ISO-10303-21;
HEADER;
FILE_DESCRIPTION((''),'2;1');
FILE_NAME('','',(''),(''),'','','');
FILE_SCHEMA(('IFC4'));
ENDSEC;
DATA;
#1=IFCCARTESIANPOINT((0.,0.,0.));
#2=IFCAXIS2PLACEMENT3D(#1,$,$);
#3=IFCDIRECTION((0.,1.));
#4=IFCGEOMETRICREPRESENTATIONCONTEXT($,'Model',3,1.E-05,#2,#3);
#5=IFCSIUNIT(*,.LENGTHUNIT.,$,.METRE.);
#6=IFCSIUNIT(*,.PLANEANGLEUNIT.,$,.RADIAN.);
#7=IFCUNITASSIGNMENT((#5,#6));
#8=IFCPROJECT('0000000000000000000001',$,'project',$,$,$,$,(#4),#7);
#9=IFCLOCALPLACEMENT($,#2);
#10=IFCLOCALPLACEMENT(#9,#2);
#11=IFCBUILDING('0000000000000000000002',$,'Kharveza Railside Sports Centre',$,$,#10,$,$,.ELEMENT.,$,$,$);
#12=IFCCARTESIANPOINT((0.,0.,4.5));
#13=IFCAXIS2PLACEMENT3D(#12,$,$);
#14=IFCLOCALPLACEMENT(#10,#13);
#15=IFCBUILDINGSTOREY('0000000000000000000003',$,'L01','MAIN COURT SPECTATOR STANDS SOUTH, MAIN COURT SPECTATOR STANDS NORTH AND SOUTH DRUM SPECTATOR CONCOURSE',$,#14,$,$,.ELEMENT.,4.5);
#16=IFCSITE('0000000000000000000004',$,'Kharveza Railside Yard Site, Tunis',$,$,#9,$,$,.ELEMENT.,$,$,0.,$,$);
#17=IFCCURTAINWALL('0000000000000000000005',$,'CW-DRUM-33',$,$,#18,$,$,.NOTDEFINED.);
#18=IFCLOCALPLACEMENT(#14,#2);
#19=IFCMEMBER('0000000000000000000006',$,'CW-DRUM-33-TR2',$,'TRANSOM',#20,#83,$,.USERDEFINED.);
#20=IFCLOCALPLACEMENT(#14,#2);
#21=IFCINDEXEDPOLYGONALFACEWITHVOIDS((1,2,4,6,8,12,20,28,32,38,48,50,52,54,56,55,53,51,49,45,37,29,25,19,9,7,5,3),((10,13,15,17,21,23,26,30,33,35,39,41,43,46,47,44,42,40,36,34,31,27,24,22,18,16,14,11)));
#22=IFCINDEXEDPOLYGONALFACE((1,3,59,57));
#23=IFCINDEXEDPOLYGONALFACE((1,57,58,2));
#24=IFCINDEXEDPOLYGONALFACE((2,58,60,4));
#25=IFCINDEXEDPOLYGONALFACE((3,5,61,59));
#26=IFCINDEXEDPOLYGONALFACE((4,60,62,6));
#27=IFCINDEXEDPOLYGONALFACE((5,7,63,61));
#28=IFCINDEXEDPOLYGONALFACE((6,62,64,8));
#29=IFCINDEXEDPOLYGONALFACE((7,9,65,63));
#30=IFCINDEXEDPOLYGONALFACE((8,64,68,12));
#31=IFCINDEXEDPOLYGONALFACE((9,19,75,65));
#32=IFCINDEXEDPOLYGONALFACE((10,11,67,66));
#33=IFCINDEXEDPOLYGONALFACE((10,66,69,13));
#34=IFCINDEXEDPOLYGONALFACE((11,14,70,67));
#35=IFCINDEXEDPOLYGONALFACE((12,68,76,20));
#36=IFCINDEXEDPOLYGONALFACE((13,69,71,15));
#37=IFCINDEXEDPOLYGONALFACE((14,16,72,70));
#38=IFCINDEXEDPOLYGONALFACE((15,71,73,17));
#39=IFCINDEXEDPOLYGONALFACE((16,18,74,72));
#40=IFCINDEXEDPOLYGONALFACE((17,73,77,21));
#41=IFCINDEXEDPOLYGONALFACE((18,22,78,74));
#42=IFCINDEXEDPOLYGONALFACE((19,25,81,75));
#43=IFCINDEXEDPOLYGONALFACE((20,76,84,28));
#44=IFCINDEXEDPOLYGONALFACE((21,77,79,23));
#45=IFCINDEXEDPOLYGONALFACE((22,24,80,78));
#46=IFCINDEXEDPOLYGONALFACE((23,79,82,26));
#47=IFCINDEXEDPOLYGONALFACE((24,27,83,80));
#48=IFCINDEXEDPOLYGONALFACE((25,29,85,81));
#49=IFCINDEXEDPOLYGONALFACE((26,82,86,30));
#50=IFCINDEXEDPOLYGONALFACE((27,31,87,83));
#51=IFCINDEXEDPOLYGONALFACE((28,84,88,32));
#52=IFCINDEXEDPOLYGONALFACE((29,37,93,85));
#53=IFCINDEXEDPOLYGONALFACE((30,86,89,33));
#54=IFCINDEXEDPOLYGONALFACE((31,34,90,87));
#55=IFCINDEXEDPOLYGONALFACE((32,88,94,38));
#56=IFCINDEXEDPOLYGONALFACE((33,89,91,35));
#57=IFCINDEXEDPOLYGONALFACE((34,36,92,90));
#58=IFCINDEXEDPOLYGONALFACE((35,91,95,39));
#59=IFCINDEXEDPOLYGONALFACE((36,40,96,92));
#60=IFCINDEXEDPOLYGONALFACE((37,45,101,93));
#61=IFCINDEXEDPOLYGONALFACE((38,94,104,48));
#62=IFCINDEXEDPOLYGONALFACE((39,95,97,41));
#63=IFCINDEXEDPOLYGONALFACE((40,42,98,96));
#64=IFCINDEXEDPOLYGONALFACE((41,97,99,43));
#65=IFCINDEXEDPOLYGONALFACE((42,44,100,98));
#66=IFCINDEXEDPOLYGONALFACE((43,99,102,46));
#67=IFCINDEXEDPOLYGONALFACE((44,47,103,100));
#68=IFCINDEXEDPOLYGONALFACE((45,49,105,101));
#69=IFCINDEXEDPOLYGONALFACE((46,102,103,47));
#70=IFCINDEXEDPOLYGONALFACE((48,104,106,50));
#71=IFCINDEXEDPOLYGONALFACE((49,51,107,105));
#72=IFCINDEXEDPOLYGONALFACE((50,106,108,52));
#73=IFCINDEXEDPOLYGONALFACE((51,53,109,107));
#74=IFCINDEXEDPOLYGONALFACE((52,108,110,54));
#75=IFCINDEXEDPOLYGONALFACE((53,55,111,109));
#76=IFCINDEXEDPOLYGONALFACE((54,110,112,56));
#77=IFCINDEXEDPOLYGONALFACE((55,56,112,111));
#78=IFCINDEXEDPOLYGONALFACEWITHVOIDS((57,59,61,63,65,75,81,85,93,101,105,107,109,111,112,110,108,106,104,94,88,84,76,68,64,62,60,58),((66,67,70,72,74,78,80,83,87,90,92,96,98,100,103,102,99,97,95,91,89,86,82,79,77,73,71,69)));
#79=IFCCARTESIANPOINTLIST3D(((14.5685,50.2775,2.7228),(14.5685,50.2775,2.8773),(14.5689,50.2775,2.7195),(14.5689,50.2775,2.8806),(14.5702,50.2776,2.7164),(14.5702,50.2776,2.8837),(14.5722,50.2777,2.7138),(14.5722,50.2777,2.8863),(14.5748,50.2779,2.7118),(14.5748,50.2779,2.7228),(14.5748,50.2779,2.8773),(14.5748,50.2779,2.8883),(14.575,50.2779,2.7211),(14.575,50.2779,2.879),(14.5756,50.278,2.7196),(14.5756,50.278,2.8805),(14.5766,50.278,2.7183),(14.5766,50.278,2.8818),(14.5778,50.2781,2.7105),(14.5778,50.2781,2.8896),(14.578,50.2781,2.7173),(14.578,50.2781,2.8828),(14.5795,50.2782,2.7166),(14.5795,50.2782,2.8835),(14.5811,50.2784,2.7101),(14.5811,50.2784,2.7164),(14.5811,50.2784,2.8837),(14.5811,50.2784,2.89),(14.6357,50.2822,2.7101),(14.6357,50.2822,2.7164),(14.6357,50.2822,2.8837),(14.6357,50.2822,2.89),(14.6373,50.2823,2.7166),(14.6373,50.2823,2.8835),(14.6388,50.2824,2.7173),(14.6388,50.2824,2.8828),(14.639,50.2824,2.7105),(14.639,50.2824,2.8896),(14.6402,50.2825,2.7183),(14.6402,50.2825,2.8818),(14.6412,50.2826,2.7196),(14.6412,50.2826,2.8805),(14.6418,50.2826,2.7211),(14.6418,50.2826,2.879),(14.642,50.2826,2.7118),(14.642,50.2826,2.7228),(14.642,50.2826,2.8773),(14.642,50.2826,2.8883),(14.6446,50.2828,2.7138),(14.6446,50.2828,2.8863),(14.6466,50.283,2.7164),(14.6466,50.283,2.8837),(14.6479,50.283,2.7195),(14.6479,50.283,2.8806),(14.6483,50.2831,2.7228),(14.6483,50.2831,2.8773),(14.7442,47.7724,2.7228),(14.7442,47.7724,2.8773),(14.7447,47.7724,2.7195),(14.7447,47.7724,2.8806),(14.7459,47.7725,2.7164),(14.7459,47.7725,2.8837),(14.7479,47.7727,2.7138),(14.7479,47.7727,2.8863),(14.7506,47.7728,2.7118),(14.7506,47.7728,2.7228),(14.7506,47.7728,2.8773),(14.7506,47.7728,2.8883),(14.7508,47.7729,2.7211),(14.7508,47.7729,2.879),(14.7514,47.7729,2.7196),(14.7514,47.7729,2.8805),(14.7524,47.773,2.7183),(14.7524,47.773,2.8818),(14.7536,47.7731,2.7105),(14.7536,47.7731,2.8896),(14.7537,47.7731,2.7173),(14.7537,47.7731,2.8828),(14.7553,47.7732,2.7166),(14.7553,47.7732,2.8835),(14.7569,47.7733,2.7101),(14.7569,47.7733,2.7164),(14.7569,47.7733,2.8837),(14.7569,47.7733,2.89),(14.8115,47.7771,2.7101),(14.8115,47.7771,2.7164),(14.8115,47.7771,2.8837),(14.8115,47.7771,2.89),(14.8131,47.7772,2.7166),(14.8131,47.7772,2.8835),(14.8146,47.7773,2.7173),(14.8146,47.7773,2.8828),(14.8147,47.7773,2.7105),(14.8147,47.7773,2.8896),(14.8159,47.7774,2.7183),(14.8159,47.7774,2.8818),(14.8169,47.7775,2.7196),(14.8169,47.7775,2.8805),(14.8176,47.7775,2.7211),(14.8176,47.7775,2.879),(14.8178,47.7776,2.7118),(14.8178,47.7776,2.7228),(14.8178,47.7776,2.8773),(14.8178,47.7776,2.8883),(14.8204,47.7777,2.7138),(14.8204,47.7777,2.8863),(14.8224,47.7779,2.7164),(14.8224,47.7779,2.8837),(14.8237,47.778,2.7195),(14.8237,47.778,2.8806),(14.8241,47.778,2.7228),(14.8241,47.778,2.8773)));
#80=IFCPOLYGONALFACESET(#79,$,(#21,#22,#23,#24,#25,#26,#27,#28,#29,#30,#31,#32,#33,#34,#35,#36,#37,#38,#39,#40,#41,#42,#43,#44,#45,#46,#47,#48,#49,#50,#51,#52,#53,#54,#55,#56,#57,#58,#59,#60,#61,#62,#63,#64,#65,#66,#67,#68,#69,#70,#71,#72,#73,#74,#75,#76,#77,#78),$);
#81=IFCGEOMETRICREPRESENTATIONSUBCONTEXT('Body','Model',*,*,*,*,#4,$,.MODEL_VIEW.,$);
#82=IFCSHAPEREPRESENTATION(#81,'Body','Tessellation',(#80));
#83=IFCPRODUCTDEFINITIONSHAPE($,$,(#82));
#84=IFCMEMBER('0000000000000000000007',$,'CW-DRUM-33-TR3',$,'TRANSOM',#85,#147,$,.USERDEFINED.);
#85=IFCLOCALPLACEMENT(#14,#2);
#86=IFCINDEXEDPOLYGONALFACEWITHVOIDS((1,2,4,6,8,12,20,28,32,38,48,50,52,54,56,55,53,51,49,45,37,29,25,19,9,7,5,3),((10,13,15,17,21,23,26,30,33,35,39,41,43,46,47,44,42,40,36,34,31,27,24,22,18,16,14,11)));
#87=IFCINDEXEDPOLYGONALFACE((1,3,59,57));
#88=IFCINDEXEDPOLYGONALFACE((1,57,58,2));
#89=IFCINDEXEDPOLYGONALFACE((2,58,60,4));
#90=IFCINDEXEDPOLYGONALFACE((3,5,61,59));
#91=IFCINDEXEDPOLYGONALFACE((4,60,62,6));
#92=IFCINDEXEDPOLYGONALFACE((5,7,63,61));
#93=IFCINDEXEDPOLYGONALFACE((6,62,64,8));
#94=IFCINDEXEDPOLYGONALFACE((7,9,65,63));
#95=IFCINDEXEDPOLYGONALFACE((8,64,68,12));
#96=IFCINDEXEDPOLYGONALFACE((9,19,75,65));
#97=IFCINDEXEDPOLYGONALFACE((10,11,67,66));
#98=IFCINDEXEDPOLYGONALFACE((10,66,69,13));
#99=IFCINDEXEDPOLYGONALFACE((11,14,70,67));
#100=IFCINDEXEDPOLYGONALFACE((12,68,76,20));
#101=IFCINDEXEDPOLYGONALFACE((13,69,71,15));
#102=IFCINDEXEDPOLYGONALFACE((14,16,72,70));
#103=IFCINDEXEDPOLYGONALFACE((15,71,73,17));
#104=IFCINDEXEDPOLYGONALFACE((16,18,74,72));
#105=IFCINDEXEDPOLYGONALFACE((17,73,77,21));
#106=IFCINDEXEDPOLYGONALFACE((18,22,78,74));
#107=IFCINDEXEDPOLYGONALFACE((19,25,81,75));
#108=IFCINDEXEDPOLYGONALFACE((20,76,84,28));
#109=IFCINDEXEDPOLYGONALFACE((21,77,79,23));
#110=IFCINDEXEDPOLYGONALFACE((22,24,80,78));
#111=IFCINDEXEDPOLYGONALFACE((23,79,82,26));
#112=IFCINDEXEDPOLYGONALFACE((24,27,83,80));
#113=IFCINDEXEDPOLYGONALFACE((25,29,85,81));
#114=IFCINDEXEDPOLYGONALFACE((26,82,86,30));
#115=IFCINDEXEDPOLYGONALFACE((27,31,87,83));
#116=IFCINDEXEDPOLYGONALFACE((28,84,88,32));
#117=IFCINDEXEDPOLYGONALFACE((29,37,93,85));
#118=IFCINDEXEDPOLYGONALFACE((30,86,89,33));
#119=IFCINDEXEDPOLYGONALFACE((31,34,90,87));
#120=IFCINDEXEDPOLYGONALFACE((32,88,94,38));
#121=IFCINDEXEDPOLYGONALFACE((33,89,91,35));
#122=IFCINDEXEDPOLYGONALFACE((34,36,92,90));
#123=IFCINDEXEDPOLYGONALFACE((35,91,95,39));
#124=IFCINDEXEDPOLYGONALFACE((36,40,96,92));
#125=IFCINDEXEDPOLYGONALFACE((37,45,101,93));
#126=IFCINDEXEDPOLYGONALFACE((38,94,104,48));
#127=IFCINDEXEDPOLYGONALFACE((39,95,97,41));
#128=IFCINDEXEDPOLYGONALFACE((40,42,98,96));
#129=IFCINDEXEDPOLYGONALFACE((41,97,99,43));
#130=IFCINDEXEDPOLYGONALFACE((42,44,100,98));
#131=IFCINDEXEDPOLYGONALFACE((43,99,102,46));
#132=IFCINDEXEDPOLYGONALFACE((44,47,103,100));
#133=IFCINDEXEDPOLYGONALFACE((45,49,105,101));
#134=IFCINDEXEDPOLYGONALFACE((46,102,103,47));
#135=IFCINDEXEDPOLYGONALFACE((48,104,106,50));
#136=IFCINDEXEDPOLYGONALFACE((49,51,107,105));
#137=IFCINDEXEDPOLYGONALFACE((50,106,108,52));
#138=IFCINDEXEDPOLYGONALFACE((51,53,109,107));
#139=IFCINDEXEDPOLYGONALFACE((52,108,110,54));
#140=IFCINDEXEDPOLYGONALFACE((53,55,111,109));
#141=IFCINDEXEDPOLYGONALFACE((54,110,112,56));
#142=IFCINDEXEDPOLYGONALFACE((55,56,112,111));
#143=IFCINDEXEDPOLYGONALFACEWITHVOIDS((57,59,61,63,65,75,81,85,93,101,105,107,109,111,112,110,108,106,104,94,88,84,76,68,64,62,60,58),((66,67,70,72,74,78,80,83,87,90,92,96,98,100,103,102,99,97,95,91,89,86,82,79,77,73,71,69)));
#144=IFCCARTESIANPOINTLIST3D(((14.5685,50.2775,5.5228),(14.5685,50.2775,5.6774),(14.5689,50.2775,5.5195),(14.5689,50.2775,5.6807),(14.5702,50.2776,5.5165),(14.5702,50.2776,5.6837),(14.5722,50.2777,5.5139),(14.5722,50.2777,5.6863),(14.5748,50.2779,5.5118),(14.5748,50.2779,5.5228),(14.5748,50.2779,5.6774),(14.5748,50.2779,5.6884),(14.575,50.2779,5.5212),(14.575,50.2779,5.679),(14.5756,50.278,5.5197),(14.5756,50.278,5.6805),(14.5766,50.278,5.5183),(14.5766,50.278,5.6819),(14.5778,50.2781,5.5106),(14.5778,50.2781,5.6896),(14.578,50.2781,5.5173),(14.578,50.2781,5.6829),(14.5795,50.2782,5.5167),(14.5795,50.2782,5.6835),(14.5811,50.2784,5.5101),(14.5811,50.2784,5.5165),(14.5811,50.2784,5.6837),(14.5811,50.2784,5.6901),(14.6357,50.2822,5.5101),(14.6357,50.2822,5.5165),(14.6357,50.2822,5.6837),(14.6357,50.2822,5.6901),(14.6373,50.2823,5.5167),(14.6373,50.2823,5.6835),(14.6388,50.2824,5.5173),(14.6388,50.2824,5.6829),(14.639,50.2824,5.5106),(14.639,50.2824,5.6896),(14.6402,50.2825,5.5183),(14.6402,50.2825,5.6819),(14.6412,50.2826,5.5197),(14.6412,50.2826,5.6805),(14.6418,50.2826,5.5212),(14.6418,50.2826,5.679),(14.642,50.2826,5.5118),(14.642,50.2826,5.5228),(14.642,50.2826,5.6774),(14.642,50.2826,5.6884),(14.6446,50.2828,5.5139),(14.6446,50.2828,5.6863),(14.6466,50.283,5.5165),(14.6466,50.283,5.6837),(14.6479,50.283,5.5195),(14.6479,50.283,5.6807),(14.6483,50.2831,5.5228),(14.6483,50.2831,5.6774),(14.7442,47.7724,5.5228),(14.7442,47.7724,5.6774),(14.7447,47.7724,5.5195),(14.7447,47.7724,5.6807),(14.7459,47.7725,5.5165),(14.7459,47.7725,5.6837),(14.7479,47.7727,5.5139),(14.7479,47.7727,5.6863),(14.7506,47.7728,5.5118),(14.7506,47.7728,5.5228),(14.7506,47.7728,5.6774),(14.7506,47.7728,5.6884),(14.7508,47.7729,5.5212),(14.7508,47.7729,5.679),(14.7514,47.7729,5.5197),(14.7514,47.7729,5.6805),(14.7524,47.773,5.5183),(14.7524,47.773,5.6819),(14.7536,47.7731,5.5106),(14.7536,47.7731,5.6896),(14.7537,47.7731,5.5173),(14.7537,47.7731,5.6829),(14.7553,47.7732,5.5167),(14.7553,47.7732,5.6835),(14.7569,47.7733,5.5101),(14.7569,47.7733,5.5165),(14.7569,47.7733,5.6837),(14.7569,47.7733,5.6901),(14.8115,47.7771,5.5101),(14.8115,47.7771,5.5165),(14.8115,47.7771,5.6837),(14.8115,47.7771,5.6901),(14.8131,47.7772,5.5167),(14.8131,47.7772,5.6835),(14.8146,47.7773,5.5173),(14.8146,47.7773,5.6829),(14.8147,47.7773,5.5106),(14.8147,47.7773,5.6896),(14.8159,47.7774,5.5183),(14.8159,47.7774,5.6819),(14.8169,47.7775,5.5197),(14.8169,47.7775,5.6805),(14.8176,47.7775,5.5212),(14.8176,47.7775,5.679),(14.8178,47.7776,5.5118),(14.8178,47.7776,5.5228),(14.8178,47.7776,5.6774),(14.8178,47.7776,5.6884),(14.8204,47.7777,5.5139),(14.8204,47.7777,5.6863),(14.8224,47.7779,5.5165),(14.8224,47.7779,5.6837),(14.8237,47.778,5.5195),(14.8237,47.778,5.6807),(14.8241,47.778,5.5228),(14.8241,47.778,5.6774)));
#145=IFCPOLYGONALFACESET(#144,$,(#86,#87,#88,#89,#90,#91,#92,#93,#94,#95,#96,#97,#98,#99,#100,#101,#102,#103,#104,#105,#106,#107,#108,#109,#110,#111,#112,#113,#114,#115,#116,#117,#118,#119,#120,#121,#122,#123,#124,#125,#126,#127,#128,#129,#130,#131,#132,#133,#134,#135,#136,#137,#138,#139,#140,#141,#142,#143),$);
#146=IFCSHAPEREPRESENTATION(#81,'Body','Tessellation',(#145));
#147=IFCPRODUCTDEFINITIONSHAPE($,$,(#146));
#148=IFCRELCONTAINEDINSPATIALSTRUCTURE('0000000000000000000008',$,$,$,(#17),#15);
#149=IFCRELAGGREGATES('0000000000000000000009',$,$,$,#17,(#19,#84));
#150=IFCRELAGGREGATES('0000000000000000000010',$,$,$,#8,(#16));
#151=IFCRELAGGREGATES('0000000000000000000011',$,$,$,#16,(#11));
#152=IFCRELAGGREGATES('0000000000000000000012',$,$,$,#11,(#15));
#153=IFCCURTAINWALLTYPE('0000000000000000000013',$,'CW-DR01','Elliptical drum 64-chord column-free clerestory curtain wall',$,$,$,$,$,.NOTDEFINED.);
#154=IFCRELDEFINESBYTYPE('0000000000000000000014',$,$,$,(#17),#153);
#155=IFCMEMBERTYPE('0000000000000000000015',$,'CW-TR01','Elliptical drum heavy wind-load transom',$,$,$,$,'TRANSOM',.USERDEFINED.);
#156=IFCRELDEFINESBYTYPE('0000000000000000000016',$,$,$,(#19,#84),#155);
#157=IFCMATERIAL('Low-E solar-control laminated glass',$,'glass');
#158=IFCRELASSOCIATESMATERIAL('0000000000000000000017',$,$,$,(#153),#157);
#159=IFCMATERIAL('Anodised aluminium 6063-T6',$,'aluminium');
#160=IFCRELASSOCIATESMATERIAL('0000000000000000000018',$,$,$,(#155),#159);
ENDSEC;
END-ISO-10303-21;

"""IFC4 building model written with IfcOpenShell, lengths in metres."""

from ifc_helpers import new_model, si_unit, direction, frame, origin, origin_2d, place, context, subcontext, project, spatial, hollow_rectangle, extrude, material, material_profile, profile_set, type_object, element, aggregate, save


model = new_model("IFC4")

# Units and contexts
model_context = context("Model", 3, precision=1e-05, world=origin(), true_north=direction((0.0, 1.0)))
body_context = subcontext(model_context, "Body", "Model", "MODEL_VIEW")
ifc_project = project(units=[si_unit("LENGTHUNIT", "METRE"), si_unit("PLANEANGLEUNIT", "RADIAN")], contexts=[model_context])

# Site, building, storey
site_placement = place(None, origin())
site = spatial("IfcSite", under=ifc_project, at=site_placement, Name="Kharveza Railside Yard Site, Tunis", CompositionType="ELEMENT", RefElevation=0.0)
building_placement = place(site_placement, origin())
building = spatial("IfcBuilding", under=site, at=building_placement, Name="Kharveza Railside Sports Centre", CompositionType="ELEMENT")
storey_placement = place(building_placement, frame((0.0, 0.0, 4.5)))
storey = spatial("IfcBuildingStorey", under=building, at=storey_placement, Name="L01", Description="MAIN COURT SPECTATOR STANDS SOUTH, MAIN COURT SPECTATOR STANDS NORTH AND SOUTH DRUM SPECTATOR CONCOURSE", CompositionType="ELEMENT", Elevation=4.5)

# Shared definitions
ifc_material_1 = material(Name="Low-E solar-control laminated glass", Category="glass")
curtain_wall_type = type_object("IfcCurtainWallType", Name="CW-DR01", Description="Elliptical drum 64-chord column-free clerestory curtain wall", PredefinedType="NOTDEFINED", material=ifc_material_1)
ifc_material_2 = material(Name="Anodised aluminium 6063-T6", Category="aluminium")

# Curtain wall
curtain_wall_1_placement = place(storey_placement, origin())
curtain_wall_1 = element("IfcCurtainWall", 1, at=curtain_wall_1_placement, inside=storey, type_object=curtain_wall_type, Name="CW-DRUM-33", PredefinedType="NOTDEFINED")

# Members
ifc_material_profile_1 = material_profile(ifc_material_2, hollow_rectangle(XDim=0.0801, YDim=0.1799, WallThickness=0.0063, InnerFilletRadius=0.0063, OuterFilletRadius=0.0127, at=origin_2d()), Name="RHS 80x180x6.3")
ifc_profile_set_1 = profile_set([ifc_material_profile_1], Name="Anodised aluminium 6063-T6")
member_type_1 = type_object("IfcMemberType", Name="CW-TR01", Description="Elliptical drum heavy wind-load transom", ElementType="TRANSOM", PredefinedType="USERDEFINED", material=ifc_profile_set_1)
member_1_placement = place(storey_placement, frame((14.6084, 50.2803, 2.8), z_axis=(0.069996, -0.997547, 0.0), x_axis=(0.997547, 0.069996, 0.0)))
member_1 = element("IfcMember", 2, at=member_1_placement, type_object=member_type_1, Name="CW-DRUM-33-TR2", ObjectType="TRANSOM", PredefinedType="USERDEFINED", context=body_context, shape_type="SweptSolid", body=[
    extrude(hollow_rectangle(XDim=0.0801, YDim=0.1799, WallThickness=0.0063, InnerFilletRadius=0.0063, OuterFilletRadius=0.0127, at=origin_2d()), origin(), (0.0, 0.0, 1.0), 2.5112),
])
member_2_placement = place(storey_placement, frame((14.6084, 50.2803, 5.6001), z_axis=(0.069996, -0.997547, 0.0), x_axis=(0.997547, 0.069996, 0.0)))
member_2 = element("IfcMember", 3, at=member_2_placement, type_object=member_type_1, Name="CW-DRUM-33-TR3", ObjectType="TRANSOM", PredefinedType="USERDEFINED", context=body_context, shape_type="SweptSolid", body=[
    extrude(hollow_rectangle(XDim=0.0801, YDim=0.1799, WallThickness=0.0063, InnerFilletRadius=0.0063, OuterFilletRadius=0.0127, at=origin_2d()), origin(), (0.0, 0.0, 1.0), 2.5112),
])

aggregate(curtain_wall_1, [member_1, member_2])

save(model, "model.ifc")
